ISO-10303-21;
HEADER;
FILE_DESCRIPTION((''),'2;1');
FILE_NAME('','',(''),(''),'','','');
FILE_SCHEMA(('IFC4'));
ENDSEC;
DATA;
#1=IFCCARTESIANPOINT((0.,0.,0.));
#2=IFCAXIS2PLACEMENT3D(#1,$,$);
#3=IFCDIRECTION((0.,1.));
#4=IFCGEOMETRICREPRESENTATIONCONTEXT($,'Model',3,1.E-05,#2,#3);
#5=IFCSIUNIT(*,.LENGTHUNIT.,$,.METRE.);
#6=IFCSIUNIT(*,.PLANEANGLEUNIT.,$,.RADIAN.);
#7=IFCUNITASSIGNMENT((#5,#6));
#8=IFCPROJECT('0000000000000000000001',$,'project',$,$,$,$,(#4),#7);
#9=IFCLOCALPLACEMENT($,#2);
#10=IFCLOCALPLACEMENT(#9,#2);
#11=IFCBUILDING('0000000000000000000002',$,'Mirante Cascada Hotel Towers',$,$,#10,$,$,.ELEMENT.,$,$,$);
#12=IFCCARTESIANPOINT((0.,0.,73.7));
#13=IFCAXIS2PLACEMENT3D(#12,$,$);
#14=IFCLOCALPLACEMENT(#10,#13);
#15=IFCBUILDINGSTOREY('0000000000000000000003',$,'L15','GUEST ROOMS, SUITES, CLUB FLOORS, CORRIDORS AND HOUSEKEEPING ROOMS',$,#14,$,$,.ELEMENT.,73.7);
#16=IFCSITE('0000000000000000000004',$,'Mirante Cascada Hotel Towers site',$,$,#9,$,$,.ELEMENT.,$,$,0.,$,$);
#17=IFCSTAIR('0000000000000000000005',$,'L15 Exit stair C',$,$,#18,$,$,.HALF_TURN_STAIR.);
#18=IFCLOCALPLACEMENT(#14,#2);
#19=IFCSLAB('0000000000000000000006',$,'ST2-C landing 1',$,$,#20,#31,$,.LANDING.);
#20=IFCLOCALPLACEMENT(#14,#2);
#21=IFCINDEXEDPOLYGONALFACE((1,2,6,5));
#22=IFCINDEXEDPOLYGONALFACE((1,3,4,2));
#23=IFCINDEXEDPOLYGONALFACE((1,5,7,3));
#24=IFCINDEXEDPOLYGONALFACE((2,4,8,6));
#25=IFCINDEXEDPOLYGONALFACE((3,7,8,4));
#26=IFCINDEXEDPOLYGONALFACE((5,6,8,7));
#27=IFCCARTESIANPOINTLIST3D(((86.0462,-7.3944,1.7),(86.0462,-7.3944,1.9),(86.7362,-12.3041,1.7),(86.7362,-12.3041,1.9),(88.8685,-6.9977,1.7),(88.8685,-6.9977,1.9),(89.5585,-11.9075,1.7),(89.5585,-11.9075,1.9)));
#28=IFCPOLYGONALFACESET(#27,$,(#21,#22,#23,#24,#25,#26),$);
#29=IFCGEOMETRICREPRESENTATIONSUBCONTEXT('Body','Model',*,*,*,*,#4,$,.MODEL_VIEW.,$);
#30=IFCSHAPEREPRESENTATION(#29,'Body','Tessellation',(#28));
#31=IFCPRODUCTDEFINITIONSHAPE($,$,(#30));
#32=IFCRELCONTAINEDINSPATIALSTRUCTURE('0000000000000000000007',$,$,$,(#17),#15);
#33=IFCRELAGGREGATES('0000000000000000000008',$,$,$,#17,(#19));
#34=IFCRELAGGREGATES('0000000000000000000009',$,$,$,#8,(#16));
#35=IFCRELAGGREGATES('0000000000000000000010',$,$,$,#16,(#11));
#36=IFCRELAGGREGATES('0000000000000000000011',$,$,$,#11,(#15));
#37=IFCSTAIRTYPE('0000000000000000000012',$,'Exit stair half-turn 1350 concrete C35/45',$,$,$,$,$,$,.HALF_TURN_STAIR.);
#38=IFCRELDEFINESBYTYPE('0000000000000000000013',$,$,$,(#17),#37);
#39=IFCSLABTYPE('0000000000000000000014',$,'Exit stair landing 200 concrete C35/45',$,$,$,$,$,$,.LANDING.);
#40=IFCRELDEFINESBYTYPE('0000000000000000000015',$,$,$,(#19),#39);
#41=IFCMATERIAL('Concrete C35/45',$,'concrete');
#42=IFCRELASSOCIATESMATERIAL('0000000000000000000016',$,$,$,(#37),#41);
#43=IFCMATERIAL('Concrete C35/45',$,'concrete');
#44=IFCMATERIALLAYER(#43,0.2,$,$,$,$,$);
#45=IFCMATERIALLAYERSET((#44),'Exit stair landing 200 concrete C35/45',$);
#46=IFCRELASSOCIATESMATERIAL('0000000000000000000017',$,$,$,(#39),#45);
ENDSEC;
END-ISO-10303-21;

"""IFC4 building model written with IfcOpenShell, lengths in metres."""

from ifc_helpers import new_model, si_unit, direction, frame, origin, place, context, subcontext, project, spatial, polyline, outline, extrude, material, layer, layer_set, type_object, element, aggregate, save


model = new_model("IFC4")

# Units and contexts
model_context = context("Model", 3, precision=1e-05, world=origin(), true_north=direction((0.0, 1.0)))
body_context = subcontext(model_context, "Body", "Model", "MODEL_VIEW")
ifc_project = project(units=[si_unit("LENGTHUNIT", "METRE"), si_unit("PLANEANGLEUNIT", "RADIAN")], contexts=[model_context])

# Site, building, storey
site_placement = place(None, origin())
site = spatial("IfcSite", under=ifc_project, at=site_placement, Name="Mirante Cascada Hotel Towers site", CompositionType="ELEMENT", RefElevation=0.0)
building_placement = place(site_placement, origin())
building = spatial("IfcBuilding", under=site, at=building_placement, Name="Mirante Cascada Hotel Towers", CompositionType="ELEMENT")
storey_placement = place(building_placement, frame((0.0, 0.0, 73.7)))
storey = spatial("IfcBuildingStorey", under=building, at=storey_placement, Name="L15", Description="GUEST ROOMS, SUITES, CLUB FLOORS, CORRIDORS AND HOUSEKEEPING ROOMS", CompositionType="ELEMENT", Elevation=73.7)

# Stair, slab
ifc_material_1 = material(Name="Concrete C35/45", Category="concrete")
stair_type = type_object("IfcStairType", Name="Exit stair half-turn 1350 concrete C35/45", PredefinedType="HALF_TURN_STAIR", material=ifc_material_1)
ifc_material_2 = material(Name="Concrete C35/45", Category="concrete")
ifc_layer_1 = layer(ifc_material_2, 0.2)
ifc_layer_set_1 = layer_set([ifc_layer_1], Name="Exit stair landing 200 concrete C35/45")
slab_type = type_object("IfcSlabType", Name="Exit stair landing 200 concrete C35/45", PredefinedType="LANDING", material=ifc_layer_set_1)
stair_1_placement = place(storey_placement, origin())
stair_1 = element("IfcStair", 1, at=stair_1_placement, inside=storey, type_object=stair_type, Name="L15 Exit stair C", PredefinedType="HALF_TURN_STAIR")
slab_1_placement = place(storey_placement, frame((0.0, 0.0, 1.7)))
slab_1 = element("IfcSlab", 2, at=slab_1_placement, type_object=slab_type, Name="ST2-C landing 1", PredefinedType="LANDING", context=body_context, shape_type="SweptSolid", body=[
    extrude(outline(polyline([(86.0462, -7.3944), (86.7362, -12.3041), (89.5585, -11.9075), (88.8685, -6.9977), (86.0462, -7.3944)])), origin(), (0.0, 0.0, 1.0), 0.2),
])
aggregate(stair_1, [slab_1])

save(model, "model.ifc")
